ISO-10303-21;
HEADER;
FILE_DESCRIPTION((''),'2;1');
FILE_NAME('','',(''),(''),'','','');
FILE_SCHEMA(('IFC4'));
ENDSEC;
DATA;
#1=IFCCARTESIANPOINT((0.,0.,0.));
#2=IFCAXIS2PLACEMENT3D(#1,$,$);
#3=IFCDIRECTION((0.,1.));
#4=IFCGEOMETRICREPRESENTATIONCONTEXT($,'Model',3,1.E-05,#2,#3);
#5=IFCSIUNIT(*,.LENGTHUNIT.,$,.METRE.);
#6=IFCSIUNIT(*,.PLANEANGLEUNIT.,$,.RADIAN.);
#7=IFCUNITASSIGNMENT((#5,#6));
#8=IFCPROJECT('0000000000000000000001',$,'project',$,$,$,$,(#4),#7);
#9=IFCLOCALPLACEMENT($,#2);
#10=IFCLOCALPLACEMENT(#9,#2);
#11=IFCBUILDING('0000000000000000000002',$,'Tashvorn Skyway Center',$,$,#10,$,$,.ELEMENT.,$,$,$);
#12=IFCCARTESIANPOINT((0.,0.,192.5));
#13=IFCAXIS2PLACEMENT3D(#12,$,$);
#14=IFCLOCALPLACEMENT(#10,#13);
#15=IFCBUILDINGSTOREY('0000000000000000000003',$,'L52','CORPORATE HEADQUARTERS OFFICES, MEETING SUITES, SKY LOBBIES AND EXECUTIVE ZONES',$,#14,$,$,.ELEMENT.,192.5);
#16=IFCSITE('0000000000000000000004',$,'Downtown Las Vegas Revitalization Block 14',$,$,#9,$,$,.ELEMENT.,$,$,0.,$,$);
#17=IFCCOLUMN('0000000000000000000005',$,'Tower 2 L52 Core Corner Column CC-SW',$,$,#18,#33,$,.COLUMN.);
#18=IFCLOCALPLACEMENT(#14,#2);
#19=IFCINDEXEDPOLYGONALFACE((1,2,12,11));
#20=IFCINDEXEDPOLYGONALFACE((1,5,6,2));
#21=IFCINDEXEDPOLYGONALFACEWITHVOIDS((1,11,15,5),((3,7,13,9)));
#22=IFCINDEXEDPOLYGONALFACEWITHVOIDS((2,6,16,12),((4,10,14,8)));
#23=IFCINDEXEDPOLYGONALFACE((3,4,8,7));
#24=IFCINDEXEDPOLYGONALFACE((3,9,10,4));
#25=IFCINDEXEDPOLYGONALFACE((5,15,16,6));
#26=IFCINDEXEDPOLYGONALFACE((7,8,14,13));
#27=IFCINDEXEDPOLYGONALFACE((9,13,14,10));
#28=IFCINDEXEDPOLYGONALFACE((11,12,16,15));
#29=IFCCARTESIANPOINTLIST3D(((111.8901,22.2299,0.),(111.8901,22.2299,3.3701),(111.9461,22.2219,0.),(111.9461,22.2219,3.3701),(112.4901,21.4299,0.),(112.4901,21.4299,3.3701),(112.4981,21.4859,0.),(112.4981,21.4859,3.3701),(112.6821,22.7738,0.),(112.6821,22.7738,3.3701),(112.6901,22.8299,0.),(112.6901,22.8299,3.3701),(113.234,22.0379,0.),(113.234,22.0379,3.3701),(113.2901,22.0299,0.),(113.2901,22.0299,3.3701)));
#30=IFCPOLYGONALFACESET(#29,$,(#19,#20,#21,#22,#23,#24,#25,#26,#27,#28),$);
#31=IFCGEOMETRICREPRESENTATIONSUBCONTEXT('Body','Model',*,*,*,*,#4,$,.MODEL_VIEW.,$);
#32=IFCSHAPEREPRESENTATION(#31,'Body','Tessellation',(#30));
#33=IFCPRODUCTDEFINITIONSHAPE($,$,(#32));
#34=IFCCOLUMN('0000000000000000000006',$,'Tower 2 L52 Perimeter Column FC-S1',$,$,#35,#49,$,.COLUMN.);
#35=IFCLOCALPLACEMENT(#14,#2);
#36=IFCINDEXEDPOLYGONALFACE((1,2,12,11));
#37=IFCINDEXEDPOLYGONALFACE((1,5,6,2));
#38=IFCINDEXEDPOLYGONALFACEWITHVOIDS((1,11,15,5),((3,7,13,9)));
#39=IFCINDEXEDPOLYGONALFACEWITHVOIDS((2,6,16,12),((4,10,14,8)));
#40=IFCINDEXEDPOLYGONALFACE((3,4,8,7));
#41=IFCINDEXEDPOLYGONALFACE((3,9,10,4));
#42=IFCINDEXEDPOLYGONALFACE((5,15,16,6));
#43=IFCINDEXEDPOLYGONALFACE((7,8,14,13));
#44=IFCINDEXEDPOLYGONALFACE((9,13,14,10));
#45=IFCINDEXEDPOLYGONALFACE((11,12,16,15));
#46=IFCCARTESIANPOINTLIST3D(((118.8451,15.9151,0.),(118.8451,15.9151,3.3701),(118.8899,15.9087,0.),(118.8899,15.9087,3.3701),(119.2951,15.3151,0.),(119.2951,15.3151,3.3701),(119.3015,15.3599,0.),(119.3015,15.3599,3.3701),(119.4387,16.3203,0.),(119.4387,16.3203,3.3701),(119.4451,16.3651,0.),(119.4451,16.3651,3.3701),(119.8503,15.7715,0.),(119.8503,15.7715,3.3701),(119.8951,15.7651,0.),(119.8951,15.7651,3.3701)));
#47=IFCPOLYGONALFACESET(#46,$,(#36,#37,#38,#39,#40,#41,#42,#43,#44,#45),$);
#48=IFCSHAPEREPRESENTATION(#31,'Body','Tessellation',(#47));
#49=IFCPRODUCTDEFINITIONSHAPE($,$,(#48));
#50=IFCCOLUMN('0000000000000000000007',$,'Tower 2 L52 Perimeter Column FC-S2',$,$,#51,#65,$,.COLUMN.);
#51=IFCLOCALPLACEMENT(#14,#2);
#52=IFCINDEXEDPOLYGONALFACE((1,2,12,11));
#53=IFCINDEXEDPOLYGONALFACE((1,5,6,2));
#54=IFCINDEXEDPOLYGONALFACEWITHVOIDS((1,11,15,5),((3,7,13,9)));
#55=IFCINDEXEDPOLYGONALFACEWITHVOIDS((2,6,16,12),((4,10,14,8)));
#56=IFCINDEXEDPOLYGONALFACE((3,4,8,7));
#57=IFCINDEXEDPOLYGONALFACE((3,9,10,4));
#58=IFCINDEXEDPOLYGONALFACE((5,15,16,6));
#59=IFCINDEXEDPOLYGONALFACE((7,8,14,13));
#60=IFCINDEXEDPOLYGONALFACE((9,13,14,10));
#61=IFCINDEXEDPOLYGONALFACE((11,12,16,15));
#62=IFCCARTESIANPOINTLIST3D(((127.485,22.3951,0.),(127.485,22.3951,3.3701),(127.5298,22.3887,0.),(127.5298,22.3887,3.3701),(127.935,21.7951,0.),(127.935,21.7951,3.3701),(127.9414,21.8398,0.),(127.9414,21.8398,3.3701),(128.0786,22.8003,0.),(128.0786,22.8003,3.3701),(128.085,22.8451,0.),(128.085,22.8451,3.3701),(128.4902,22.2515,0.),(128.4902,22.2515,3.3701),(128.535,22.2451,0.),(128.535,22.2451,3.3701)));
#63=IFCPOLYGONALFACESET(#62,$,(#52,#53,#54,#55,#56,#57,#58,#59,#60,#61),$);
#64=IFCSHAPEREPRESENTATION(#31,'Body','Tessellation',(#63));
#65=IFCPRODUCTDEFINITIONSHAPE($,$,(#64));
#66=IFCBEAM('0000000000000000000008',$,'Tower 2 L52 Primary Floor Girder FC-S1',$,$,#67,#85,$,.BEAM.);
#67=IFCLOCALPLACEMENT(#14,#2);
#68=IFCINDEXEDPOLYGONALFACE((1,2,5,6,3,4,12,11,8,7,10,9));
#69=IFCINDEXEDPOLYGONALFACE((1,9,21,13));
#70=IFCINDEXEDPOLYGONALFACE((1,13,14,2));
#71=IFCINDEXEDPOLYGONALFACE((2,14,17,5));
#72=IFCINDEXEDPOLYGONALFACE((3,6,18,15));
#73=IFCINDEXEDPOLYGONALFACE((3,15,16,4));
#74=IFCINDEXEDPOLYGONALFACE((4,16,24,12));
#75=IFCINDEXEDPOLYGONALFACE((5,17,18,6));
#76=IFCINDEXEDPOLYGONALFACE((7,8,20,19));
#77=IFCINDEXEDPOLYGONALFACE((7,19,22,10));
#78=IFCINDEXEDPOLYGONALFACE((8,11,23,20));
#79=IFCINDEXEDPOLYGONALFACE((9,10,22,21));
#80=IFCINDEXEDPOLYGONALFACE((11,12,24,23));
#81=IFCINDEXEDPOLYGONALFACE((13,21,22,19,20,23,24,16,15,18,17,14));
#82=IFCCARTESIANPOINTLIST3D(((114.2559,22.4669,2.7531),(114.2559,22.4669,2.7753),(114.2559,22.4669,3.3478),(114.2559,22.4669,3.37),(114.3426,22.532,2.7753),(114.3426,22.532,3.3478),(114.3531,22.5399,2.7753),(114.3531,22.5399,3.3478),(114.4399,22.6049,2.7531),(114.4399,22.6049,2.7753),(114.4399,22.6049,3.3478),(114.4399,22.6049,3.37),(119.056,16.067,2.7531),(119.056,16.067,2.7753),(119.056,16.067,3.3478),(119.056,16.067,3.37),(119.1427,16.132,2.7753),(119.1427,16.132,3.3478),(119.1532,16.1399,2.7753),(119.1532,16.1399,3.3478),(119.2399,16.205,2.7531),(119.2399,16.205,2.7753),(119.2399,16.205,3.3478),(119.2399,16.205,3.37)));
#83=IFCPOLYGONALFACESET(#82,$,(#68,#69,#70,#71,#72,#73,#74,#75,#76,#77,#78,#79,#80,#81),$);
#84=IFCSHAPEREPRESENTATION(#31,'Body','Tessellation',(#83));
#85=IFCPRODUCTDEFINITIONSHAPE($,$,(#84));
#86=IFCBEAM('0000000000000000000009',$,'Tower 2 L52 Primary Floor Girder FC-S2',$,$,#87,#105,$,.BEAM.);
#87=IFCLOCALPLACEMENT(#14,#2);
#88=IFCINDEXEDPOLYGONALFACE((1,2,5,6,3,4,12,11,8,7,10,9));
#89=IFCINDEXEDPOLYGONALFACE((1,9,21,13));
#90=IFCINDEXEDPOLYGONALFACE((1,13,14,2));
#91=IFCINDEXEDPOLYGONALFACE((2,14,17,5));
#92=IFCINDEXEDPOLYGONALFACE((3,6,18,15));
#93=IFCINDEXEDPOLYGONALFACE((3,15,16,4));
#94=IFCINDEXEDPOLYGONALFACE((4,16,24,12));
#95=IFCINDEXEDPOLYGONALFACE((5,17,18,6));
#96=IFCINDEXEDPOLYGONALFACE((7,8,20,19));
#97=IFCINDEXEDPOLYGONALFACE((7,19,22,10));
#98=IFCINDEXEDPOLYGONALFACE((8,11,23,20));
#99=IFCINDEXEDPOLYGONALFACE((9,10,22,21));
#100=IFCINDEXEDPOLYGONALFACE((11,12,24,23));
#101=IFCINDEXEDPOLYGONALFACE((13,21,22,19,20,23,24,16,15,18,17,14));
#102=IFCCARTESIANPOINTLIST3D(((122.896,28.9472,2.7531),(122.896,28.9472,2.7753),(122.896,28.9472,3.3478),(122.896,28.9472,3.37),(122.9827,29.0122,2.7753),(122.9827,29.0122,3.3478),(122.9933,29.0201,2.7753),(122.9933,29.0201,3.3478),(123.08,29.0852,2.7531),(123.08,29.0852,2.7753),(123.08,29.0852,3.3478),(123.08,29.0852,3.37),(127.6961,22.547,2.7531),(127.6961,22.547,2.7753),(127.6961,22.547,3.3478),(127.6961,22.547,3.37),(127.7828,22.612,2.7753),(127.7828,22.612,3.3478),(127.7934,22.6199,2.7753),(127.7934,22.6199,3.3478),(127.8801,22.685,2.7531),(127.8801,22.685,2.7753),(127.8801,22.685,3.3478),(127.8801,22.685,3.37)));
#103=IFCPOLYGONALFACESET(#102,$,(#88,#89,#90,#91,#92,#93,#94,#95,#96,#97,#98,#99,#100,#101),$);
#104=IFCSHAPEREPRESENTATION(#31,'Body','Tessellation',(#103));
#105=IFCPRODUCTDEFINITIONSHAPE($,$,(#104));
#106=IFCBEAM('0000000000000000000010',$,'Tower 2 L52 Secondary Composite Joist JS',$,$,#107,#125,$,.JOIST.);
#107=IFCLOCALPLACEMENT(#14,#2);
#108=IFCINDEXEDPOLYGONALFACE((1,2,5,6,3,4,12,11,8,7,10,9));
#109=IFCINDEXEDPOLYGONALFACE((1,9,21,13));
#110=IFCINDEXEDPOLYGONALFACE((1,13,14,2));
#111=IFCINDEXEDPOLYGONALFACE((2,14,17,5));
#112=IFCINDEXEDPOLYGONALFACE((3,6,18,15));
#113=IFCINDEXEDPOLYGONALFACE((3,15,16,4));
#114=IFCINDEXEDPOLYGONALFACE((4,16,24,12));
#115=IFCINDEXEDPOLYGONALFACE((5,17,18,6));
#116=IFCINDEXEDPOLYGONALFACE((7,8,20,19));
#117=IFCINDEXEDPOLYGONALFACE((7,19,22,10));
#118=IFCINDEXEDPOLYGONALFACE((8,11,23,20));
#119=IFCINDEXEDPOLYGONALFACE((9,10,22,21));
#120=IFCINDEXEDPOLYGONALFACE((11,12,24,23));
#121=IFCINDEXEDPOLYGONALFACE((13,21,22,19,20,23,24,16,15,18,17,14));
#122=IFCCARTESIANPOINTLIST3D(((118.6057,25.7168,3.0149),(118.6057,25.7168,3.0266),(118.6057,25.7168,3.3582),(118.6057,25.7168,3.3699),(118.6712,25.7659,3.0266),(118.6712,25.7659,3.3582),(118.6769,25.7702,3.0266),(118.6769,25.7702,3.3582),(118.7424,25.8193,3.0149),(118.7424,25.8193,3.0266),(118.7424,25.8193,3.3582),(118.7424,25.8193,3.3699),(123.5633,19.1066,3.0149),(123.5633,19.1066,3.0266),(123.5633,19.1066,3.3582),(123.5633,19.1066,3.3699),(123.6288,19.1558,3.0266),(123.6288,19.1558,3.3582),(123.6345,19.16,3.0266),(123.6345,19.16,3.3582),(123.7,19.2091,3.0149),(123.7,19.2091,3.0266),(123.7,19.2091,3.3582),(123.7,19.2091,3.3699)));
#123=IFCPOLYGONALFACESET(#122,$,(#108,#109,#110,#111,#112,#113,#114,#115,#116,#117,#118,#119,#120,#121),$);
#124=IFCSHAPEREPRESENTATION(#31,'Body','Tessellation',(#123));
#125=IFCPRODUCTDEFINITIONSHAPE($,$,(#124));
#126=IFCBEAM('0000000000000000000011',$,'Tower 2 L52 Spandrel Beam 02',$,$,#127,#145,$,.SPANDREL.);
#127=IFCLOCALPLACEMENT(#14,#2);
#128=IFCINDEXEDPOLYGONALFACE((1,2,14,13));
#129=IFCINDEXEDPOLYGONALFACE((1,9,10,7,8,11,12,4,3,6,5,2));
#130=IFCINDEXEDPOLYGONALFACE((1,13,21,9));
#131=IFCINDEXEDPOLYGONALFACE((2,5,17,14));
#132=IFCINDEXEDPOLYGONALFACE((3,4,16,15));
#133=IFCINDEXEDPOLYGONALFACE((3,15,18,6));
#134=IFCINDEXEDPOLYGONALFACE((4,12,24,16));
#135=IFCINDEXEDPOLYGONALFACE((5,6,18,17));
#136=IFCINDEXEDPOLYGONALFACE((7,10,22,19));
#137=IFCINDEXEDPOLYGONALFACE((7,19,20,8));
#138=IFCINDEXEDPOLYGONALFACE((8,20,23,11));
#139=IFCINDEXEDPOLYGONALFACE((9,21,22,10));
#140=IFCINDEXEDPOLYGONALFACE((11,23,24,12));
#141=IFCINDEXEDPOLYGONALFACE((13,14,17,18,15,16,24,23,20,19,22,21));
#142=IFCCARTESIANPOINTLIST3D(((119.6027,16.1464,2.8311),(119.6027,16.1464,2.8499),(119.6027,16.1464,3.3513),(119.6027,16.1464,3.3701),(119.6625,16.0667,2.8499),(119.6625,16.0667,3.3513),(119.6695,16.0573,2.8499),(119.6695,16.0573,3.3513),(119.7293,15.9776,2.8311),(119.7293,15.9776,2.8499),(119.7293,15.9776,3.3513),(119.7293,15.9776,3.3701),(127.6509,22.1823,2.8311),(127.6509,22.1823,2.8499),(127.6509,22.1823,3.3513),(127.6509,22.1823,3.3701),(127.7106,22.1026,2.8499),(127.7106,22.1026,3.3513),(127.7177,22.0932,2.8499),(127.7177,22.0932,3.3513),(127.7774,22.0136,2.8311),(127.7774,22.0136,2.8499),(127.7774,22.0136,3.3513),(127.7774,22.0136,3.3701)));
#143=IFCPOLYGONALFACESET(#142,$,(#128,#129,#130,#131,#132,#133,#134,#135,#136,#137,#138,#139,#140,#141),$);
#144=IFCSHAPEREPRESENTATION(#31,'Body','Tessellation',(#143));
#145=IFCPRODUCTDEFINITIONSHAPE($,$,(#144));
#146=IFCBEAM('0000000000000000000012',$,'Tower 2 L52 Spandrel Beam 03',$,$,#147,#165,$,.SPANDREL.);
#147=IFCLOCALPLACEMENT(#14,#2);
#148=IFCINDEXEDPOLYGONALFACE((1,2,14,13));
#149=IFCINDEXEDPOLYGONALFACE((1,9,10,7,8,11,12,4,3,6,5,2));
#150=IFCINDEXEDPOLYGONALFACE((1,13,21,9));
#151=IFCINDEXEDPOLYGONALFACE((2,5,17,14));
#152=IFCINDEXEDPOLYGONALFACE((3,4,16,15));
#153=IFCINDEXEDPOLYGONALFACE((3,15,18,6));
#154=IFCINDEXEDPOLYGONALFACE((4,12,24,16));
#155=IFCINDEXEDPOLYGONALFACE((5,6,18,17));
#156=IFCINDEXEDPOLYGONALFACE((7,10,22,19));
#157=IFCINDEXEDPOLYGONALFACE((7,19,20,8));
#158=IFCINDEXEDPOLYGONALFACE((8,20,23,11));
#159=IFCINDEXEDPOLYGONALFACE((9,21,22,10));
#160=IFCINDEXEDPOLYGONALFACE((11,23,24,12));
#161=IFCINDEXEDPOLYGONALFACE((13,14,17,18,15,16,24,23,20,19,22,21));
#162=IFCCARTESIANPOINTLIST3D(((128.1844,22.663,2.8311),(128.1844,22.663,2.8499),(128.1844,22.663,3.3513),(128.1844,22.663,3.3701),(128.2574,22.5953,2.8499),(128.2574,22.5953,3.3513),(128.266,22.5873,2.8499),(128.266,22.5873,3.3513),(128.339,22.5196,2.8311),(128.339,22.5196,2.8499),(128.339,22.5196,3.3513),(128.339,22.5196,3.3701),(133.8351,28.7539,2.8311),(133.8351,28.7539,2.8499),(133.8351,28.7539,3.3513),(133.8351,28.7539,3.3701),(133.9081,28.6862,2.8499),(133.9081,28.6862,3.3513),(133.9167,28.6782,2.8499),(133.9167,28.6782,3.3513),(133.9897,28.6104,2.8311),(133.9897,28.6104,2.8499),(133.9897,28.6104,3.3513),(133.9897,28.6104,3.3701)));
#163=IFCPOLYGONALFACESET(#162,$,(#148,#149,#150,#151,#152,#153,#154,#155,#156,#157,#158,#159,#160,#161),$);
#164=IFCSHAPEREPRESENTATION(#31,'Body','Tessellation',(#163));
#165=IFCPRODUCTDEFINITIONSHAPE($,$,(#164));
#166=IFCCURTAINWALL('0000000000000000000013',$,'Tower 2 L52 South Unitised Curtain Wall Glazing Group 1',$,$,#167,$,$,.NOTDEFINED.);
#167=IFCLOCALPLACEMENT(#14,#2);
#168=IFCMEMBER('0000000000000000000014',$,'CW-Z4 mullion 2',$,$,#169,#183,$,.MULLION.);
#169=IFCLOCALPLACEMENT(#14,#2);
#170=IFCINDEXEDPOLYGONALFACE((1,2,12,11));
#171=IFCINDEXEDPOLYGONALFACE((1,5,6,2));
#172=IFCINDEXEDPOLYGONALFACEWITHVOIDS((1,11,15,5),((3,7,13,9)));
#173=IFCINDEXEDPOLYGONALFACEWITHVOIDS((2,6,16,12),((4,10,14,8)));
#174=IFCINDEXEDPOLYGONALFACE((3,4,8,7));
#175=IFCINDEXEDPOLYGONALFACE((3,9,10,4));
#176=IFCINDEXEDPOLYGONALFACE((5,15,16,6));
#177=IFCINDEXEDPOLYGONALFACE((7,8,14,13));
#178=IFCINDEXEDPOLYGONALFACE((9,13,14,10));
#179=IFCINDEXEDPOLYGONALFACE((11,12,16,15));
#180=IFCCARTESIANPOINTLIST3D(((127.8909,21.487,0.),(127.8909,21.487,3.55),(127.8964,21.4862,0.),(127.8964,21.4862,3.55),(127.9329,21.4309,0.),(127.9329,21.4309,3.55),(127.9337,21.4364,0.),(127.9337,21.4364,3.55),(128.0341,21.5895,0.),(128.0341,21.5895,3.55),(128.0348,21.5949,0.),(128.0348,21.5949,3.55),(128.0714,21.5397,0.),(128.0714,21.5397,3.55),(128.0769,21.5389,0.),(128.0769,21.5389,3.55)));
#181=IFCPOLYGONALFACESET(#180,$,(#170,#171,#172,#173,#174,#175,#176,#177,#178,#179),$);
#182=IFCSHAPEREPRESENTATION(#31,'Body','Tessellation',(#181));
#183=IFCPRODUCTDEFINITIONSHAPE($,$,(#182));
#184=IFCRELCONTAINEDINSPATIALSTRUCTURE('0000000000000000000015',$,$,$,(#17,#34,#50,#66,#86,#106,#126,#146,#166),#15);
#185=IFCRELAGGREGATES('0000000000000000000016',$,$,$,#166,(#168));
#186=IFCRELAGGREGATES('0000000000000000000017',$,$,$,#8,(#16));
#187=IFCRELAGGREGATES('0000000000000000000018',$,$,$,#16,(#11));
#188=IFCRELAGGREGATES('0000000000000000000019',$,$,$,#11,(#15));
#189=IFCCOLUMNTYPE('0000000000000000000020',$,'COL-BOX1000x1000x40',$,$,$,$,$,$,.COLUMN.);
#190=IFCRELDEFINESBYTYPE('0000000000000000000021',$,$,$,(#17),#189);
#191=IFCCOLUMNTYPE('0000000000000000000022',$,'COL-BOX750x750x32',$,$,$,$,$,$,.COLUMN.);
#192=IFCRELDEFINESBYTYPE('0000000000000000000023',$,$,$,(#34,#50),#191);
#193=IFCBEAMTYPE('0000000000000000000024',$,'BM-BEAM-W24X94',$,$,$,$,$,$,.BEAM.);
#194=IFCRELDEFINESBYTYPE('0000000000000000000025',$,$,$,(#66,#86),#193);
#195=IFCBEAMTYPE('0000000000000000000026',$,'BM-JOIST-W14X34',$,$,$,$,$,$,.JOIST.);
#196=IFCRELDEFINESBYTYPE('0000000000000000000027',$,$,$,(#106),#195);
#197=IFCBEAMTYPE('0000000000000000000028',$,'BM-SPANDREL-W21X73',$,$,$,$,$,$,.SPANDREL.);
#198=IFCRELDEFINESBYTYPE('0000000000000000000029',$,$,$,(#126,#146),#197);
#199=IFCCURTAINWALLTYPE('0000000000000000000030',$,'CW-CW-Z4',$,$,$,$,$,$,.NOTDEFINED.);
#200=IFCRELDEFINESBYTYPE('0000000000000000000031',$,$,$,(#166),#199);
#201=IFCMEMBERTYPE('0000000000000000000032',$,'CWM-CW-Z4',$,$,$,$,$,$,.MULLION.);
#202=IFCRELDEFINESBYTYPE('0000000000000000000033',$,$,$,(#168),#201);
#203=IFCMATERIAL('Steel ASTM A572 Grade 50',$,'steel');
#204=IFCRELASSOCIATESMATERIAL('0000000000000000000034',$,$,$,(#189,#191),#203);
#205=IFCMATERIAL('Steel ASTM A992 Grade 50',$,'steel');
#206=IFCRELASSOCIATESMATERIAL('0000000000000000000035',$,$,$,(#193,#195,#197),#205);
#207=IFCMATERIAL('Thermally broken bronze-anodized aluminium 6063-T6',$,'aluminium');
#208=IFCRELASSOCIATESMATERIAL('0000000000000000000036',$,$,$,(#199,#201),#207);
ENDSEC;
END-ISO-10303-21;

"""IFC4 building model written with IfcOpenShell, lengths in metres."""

from ifc_helpers import new_model, si_unit, direction, frame, origin, origin_2d, place, context, subcontext, project, spatial, hollow_rectangle, i_section, extrude, material, material_profile, profile_set, type_object, element, aggregate, save


model = new_model("IFC4")

# Units and contexts
model_context = context("Model", 3, precision=1e-05, world=origin(), true_north=direction((0.0, 1.0)))
body_context = subcontext(model_context, "Body", "Model", "MODEL_VIEW")
ifc_project = project(units=[si_unit("LENGTHUNIT", "METRE"), si_unit("PLANEANGLEUNIT", "RADIAN")], contexts=[model_context])

# Site, building, storey
site_placement = place(None, origin())
site = spatial("IfcSite", under=ifc_project, at=site_placement, Name="Downtown Las Vegas Revitalization Block 14", CompositionType="ELEMENT", RefElevation=0.0)
building_placement = place(site_placement, origin())
building = spatial("IfcBuilding", under=site, at=building_placement, Name="Tashvorn Skyway Center", CompositionType="ELEMENT")
storey_placement = place(building_placement, frame((0.0, 0.0, 192.5)))
storey = spatial("IfcBuildingStorey", under=building, at=storey_placement, Name="L52", Description="CORPORATE HEADQUARTERS OFFICES, MEETING SUITES, SKY LOBBIES AND EXECUTIVE ZONES", CompositionType="ELEMENT", Elevation=192.5)

# Columns
ifc_material_1 = material(Name="Steel ASTM A572 Grade 50", Category="steel")
ifc_material_profile_1 = material_profile(ifc_material_1, hollow_rectangle(XDim=1.0, YDim=1.0, WallThickness=0.04, at=origin_2d()), Name="BOX1000x1000x40")
ifc_profile_set_1 = profile_set([ifc_material_profile_1], Name="Steel ASTM A572 Grade 50")
column_type_1 = type_object("IfcColumnType", Name="COL-BOX1000x1000x40", PredefinedType="COLUMN", material=ifc_profile_set_1)
column_placement = place(storey_placement, frame((112.5901, 22.1299, 0.0), z_axis=(0.0, 0.0, 1.0), x_axis=(0.8, 0.6, 0.0)))
element("IfcColumn", 1, at=column_placement, inside=storey, type_object=column_type_1, Name="Tower 2 L52 Core Corner Column CC-SW", PredefinedType="COLUMN", context=body_context, shape_type="SweptSolid", body=[
    extrude(hollow_rectangle(XDim=1.0, YDim=1.0, WallThickness=0.04, at=origin_2d()), origin(), (0.0, 0.0, 1.0), 3.3701),
])
ifc_material_profile_2 = material_profile(ifc_material_1, hollow_rectangle(XDim=0.75, YDim=0.75, WallThickness=0.032, at=origin_2d()), Name="BOX750x750x32")
ifc_profile_set_2 = profile_set([ifc_material_profile_2], Name="Steel ASTM A572 Grade 50")
column_type_2 = type_object("IfcColumnType", Name="COL-BOX750x750x32", PredefinedType="COLUMN", material=ifc_profile_set_2)
for number, where, z_axis, x_axis, name in (
    (2, (119.3701, 15.8401, 0.0), (0.0, 0.0, 1.0), (0.8, 0.6, 0.0), "Tower 2 L52 Perimeter Column FC-S1"),
    (3, (128.01, 22.3201, 0.0), (0.0, 0.0, 1.0), (0.8, 0.6, 0.0), "Tower 2 L52 Perimeter Column FC-S2"),
):
    element("IfcColumn", number, at=place(storey_placement, frame(where, z_axis=z_axis, x_axis=x_axis)), inside=storey, type_object=column_type_2, Name=name, PredefinedType="COLUMN", context=body_context, shape_type="SweptSolid", body=[
        extrude(hollow_rectangle(XDim=0.75, YDim=0.75, WallThickness=0.032, at=origin_2d()), origin(), (0.0, 0.0, 1.0), 3.3701),
    ])

# Beams
ifc_material_2 = material(Name="Steel ASTM A992 Grade 50", Category="steel")
ifc_material_profile_3 = material_profile(ifc_material_2, i_section(OverallWidth=0.23, OverallDepth=0.6169, WebThickness=0.0132, FlangeThickness=0.0222, at=origin_2d()), Name="W24X94")
ifc_profile_set_3 = profile_set([ifc_material_profile_3], Name="Steel ASTM A992 Grade 50")
beam_type_1 = type_object("IfcBeamType", Name="BM-BEAM-W24X94", PredefinedType="BEAM", material=ifc_profile_set_3)
beam_1_placement = place(storey_placement, frame((119.1479, 16.136, 3.0615), z_axis=(-0.60001, 0.799993, 0.0), x_axis=(-0.799993, -0.60001, 0.0)))
element("IfcBeam", 4, at=beam_1_placement, inside=storey, type_object=beam_type_1, Name="Tower 2 L52 Primary Floor Girder FC-S1", PredefinedType="BEAM", context=body_context, shape_type="SweptSolid", body=[
    extrude(i_section(OverallWidth=0.23, OverallDepth=0.6169, WebThickness=0.0132, FlangeThickness=0.0222, at=origin_2d()), origin(), (0.0, 0.0, 1.0), 8.0),
])
beam_2_placement = place(storey_placement, frame((127.7881, 22.616, 3.0615), z_axis=(-0.599995, 0.800004, 0.0), x_axis=(-0.800004, -0.599995, 0.0)))
element("IfcBeam", 5, at=beam_2_placement, inside=storey, type_object=beam_type_1, Name="Tower 2 L52 Primary Floor Girder FC-S2", PredefinedType="BEAM", context=body_context, shape_type="SweptSolid", body=[
    extrude(i_section(OverallWidth=0.23, OverallDepth=0.6169, WebThickness=0.0132, FlangeThickness=0.0222, at=origin_2d()), origin(), (0.0, 0.0, 1.0), 8.0002),
])
ifc_material_profile_4 = material_profile(ifc_material_2, i_section(OverallWidth=0.1709, OverallDepth=0.355, WebThickness=0.0071, FlangeThickness=0.0117, at=origin_2d()), Name="W14X34")
ifc_profile_set_4 = profile_set([ifc_material_profile_4], Name="Steel ASTM A992 Grade 50")
beam_type_2 = type_object("IfcBeamType", Name="BM-JOIST-W14X34", PredefinedType="JOIST", material=ifc_profile_set_4)
beam_3_placement = place(storey_placement, frame((118.6741, 25.7681, 3.1924), z_axis=(0.599995, -0.800004, 0.0), x_axis=(0.800004, 0.599995, 0.0)))
element("IfcBeam", 6, at=beam_3_placement, inside=storey, type_object=beam_type_2, Name="Tower 2 L52 Secondary Composite Joist JS", PredefinedType="JOIST", context=body_context, shape_type="SweptSolid", body=[
    extrude(i_section(OverallWidth=0.1709, OverallDepth=0.355, WebThickness=0.0071, FlangeThickness=0.0117, at=origin_2d()), origin(), (0.0, 0.0, 1.0), 8.2627),
])
ifc_material_profile_5 = material_profile(ifc_material_2, i_section(OverallWidth=0.2109, OverallDepth=0.5391, WebThickness=0.0117, FlangeThickness=0.0188, at=origin_2d()), Name="W21X73")
ifc_profile_set_5 = profile_set([ifc_material_profile_5], Name="Steel ASTM A992 Grade 50")
beam_type_3 = type_object("IfcBeamType", Name="BM-SPANDREL-W21X73", PredefinedType="SPANDREL", material=ifc_profile_set_5)
beam_4_placement = place(storey_placement, frame((119.666, 16.062, 3.1006), z_axis=(0.800009, 0.599988, 0.0), x_axis=(-0.599988, 0.800009, 0.0)))
element("IfcBeam", 7, at=beam_4_placement, inside=storey, type_object=beam_type_3, Name="Tower 2 L52 Spandrel Beam 02", PredefinedType="SPANDREL", context=body_context, shape_type="SweptSolid", body=[
    extrude(i_section(OverallWidth=0.2109, OverallDepth=0.5391, WebThickness=0.0117, FlangeThickness=0.0188, at=origin_2d()), origin(), (0.0, 0.0, 1.0), 10.0601),
])
beam_5_placement = place(storey_placement, frame((128.2617, 22.5913, 3.1006), z_axis=(0.68012, 0.733101, 0.0), x_axis=(-0.733101, 0.68012, 0.0)))
element("IfcBeam", 8, at=beam_5_placement, inside=storey, type_object=beam_type_3, Name="Tower 2 L52 Spandrel Beam 03", PredefinedType="SPANDREL", context=body_context, shape_type="SweptSolid", body=[
    extrude(i_section(OverallWidth=0.2109, OverallDepth=0.5391, WebThickness=0.0117, FlangeThickness=0.0188, at=origin_2d()), origin(), (0.0, 0.0, 1.0), 8.3083),
])

# Curtain wall, member
ifc_material_3 = material(Name="Thermally broken bronze-anodized aluminium 6063-T6", Category="aluminium")
curtain_wall_type = type_object("IfcCurtainWallType", Name="CW-CW-Z4", PredefinedType="NOTDEFINED", material=ifc_material_3)
curtain_wall_1_placement = place(storey_placement, origin())
curtain_wall_1 = element("IfcCurtainWall", 9, at=curtain_wall_1_placement, inside=storey, type_object=curtain_wall_type, Name="Tower 2 L52 South Unitised Curtain Wall Glazing Group 1", PredefinedType="NOTDEFINED")
ifc_material_profile_6 = material_profile(ifc_material_3, hollow_rectangle(XDim=0.0701, YDim=0.1799, WallThickness=0.0039, at=origin_2d()), Name="ALU-MULL-70x180")
ifc_profile_set_6 = profile_set([ifc_material_profile_6], Name="Thermally broken bronze-anodized aluminium 6063-T6")
member_type_1 = type_object("IfcMemberType", Name="CWM-CW-Z4", PredefinedType="MULLION", material=ifc_profile_set_6)
member_1_placement = place(storey_placement, frame((127.9839, 21.5129, 0.0), z_axis=(0.0, 0.0, 1.0), x_axis=(0.6, -0.8, 0.0)))
member_1 = element("IfcMember", 10, at=member_1_placement, type_object=member_type_1, Name="CW-Z4 mullion 2", PredefinedType="MULLION", context=body_context, shape_type="SweptSolid", body=[
    extrude(hollow_rectangle(XDim=0.0701, YDim=0.1799, WallThickness=0.0039, at=origin_2d()), origin(), (0.0, 0.0, 1.0), 3.55),
])

aggregate(curtain_wall_1, [member_1])

save(model, "model.ifc")
